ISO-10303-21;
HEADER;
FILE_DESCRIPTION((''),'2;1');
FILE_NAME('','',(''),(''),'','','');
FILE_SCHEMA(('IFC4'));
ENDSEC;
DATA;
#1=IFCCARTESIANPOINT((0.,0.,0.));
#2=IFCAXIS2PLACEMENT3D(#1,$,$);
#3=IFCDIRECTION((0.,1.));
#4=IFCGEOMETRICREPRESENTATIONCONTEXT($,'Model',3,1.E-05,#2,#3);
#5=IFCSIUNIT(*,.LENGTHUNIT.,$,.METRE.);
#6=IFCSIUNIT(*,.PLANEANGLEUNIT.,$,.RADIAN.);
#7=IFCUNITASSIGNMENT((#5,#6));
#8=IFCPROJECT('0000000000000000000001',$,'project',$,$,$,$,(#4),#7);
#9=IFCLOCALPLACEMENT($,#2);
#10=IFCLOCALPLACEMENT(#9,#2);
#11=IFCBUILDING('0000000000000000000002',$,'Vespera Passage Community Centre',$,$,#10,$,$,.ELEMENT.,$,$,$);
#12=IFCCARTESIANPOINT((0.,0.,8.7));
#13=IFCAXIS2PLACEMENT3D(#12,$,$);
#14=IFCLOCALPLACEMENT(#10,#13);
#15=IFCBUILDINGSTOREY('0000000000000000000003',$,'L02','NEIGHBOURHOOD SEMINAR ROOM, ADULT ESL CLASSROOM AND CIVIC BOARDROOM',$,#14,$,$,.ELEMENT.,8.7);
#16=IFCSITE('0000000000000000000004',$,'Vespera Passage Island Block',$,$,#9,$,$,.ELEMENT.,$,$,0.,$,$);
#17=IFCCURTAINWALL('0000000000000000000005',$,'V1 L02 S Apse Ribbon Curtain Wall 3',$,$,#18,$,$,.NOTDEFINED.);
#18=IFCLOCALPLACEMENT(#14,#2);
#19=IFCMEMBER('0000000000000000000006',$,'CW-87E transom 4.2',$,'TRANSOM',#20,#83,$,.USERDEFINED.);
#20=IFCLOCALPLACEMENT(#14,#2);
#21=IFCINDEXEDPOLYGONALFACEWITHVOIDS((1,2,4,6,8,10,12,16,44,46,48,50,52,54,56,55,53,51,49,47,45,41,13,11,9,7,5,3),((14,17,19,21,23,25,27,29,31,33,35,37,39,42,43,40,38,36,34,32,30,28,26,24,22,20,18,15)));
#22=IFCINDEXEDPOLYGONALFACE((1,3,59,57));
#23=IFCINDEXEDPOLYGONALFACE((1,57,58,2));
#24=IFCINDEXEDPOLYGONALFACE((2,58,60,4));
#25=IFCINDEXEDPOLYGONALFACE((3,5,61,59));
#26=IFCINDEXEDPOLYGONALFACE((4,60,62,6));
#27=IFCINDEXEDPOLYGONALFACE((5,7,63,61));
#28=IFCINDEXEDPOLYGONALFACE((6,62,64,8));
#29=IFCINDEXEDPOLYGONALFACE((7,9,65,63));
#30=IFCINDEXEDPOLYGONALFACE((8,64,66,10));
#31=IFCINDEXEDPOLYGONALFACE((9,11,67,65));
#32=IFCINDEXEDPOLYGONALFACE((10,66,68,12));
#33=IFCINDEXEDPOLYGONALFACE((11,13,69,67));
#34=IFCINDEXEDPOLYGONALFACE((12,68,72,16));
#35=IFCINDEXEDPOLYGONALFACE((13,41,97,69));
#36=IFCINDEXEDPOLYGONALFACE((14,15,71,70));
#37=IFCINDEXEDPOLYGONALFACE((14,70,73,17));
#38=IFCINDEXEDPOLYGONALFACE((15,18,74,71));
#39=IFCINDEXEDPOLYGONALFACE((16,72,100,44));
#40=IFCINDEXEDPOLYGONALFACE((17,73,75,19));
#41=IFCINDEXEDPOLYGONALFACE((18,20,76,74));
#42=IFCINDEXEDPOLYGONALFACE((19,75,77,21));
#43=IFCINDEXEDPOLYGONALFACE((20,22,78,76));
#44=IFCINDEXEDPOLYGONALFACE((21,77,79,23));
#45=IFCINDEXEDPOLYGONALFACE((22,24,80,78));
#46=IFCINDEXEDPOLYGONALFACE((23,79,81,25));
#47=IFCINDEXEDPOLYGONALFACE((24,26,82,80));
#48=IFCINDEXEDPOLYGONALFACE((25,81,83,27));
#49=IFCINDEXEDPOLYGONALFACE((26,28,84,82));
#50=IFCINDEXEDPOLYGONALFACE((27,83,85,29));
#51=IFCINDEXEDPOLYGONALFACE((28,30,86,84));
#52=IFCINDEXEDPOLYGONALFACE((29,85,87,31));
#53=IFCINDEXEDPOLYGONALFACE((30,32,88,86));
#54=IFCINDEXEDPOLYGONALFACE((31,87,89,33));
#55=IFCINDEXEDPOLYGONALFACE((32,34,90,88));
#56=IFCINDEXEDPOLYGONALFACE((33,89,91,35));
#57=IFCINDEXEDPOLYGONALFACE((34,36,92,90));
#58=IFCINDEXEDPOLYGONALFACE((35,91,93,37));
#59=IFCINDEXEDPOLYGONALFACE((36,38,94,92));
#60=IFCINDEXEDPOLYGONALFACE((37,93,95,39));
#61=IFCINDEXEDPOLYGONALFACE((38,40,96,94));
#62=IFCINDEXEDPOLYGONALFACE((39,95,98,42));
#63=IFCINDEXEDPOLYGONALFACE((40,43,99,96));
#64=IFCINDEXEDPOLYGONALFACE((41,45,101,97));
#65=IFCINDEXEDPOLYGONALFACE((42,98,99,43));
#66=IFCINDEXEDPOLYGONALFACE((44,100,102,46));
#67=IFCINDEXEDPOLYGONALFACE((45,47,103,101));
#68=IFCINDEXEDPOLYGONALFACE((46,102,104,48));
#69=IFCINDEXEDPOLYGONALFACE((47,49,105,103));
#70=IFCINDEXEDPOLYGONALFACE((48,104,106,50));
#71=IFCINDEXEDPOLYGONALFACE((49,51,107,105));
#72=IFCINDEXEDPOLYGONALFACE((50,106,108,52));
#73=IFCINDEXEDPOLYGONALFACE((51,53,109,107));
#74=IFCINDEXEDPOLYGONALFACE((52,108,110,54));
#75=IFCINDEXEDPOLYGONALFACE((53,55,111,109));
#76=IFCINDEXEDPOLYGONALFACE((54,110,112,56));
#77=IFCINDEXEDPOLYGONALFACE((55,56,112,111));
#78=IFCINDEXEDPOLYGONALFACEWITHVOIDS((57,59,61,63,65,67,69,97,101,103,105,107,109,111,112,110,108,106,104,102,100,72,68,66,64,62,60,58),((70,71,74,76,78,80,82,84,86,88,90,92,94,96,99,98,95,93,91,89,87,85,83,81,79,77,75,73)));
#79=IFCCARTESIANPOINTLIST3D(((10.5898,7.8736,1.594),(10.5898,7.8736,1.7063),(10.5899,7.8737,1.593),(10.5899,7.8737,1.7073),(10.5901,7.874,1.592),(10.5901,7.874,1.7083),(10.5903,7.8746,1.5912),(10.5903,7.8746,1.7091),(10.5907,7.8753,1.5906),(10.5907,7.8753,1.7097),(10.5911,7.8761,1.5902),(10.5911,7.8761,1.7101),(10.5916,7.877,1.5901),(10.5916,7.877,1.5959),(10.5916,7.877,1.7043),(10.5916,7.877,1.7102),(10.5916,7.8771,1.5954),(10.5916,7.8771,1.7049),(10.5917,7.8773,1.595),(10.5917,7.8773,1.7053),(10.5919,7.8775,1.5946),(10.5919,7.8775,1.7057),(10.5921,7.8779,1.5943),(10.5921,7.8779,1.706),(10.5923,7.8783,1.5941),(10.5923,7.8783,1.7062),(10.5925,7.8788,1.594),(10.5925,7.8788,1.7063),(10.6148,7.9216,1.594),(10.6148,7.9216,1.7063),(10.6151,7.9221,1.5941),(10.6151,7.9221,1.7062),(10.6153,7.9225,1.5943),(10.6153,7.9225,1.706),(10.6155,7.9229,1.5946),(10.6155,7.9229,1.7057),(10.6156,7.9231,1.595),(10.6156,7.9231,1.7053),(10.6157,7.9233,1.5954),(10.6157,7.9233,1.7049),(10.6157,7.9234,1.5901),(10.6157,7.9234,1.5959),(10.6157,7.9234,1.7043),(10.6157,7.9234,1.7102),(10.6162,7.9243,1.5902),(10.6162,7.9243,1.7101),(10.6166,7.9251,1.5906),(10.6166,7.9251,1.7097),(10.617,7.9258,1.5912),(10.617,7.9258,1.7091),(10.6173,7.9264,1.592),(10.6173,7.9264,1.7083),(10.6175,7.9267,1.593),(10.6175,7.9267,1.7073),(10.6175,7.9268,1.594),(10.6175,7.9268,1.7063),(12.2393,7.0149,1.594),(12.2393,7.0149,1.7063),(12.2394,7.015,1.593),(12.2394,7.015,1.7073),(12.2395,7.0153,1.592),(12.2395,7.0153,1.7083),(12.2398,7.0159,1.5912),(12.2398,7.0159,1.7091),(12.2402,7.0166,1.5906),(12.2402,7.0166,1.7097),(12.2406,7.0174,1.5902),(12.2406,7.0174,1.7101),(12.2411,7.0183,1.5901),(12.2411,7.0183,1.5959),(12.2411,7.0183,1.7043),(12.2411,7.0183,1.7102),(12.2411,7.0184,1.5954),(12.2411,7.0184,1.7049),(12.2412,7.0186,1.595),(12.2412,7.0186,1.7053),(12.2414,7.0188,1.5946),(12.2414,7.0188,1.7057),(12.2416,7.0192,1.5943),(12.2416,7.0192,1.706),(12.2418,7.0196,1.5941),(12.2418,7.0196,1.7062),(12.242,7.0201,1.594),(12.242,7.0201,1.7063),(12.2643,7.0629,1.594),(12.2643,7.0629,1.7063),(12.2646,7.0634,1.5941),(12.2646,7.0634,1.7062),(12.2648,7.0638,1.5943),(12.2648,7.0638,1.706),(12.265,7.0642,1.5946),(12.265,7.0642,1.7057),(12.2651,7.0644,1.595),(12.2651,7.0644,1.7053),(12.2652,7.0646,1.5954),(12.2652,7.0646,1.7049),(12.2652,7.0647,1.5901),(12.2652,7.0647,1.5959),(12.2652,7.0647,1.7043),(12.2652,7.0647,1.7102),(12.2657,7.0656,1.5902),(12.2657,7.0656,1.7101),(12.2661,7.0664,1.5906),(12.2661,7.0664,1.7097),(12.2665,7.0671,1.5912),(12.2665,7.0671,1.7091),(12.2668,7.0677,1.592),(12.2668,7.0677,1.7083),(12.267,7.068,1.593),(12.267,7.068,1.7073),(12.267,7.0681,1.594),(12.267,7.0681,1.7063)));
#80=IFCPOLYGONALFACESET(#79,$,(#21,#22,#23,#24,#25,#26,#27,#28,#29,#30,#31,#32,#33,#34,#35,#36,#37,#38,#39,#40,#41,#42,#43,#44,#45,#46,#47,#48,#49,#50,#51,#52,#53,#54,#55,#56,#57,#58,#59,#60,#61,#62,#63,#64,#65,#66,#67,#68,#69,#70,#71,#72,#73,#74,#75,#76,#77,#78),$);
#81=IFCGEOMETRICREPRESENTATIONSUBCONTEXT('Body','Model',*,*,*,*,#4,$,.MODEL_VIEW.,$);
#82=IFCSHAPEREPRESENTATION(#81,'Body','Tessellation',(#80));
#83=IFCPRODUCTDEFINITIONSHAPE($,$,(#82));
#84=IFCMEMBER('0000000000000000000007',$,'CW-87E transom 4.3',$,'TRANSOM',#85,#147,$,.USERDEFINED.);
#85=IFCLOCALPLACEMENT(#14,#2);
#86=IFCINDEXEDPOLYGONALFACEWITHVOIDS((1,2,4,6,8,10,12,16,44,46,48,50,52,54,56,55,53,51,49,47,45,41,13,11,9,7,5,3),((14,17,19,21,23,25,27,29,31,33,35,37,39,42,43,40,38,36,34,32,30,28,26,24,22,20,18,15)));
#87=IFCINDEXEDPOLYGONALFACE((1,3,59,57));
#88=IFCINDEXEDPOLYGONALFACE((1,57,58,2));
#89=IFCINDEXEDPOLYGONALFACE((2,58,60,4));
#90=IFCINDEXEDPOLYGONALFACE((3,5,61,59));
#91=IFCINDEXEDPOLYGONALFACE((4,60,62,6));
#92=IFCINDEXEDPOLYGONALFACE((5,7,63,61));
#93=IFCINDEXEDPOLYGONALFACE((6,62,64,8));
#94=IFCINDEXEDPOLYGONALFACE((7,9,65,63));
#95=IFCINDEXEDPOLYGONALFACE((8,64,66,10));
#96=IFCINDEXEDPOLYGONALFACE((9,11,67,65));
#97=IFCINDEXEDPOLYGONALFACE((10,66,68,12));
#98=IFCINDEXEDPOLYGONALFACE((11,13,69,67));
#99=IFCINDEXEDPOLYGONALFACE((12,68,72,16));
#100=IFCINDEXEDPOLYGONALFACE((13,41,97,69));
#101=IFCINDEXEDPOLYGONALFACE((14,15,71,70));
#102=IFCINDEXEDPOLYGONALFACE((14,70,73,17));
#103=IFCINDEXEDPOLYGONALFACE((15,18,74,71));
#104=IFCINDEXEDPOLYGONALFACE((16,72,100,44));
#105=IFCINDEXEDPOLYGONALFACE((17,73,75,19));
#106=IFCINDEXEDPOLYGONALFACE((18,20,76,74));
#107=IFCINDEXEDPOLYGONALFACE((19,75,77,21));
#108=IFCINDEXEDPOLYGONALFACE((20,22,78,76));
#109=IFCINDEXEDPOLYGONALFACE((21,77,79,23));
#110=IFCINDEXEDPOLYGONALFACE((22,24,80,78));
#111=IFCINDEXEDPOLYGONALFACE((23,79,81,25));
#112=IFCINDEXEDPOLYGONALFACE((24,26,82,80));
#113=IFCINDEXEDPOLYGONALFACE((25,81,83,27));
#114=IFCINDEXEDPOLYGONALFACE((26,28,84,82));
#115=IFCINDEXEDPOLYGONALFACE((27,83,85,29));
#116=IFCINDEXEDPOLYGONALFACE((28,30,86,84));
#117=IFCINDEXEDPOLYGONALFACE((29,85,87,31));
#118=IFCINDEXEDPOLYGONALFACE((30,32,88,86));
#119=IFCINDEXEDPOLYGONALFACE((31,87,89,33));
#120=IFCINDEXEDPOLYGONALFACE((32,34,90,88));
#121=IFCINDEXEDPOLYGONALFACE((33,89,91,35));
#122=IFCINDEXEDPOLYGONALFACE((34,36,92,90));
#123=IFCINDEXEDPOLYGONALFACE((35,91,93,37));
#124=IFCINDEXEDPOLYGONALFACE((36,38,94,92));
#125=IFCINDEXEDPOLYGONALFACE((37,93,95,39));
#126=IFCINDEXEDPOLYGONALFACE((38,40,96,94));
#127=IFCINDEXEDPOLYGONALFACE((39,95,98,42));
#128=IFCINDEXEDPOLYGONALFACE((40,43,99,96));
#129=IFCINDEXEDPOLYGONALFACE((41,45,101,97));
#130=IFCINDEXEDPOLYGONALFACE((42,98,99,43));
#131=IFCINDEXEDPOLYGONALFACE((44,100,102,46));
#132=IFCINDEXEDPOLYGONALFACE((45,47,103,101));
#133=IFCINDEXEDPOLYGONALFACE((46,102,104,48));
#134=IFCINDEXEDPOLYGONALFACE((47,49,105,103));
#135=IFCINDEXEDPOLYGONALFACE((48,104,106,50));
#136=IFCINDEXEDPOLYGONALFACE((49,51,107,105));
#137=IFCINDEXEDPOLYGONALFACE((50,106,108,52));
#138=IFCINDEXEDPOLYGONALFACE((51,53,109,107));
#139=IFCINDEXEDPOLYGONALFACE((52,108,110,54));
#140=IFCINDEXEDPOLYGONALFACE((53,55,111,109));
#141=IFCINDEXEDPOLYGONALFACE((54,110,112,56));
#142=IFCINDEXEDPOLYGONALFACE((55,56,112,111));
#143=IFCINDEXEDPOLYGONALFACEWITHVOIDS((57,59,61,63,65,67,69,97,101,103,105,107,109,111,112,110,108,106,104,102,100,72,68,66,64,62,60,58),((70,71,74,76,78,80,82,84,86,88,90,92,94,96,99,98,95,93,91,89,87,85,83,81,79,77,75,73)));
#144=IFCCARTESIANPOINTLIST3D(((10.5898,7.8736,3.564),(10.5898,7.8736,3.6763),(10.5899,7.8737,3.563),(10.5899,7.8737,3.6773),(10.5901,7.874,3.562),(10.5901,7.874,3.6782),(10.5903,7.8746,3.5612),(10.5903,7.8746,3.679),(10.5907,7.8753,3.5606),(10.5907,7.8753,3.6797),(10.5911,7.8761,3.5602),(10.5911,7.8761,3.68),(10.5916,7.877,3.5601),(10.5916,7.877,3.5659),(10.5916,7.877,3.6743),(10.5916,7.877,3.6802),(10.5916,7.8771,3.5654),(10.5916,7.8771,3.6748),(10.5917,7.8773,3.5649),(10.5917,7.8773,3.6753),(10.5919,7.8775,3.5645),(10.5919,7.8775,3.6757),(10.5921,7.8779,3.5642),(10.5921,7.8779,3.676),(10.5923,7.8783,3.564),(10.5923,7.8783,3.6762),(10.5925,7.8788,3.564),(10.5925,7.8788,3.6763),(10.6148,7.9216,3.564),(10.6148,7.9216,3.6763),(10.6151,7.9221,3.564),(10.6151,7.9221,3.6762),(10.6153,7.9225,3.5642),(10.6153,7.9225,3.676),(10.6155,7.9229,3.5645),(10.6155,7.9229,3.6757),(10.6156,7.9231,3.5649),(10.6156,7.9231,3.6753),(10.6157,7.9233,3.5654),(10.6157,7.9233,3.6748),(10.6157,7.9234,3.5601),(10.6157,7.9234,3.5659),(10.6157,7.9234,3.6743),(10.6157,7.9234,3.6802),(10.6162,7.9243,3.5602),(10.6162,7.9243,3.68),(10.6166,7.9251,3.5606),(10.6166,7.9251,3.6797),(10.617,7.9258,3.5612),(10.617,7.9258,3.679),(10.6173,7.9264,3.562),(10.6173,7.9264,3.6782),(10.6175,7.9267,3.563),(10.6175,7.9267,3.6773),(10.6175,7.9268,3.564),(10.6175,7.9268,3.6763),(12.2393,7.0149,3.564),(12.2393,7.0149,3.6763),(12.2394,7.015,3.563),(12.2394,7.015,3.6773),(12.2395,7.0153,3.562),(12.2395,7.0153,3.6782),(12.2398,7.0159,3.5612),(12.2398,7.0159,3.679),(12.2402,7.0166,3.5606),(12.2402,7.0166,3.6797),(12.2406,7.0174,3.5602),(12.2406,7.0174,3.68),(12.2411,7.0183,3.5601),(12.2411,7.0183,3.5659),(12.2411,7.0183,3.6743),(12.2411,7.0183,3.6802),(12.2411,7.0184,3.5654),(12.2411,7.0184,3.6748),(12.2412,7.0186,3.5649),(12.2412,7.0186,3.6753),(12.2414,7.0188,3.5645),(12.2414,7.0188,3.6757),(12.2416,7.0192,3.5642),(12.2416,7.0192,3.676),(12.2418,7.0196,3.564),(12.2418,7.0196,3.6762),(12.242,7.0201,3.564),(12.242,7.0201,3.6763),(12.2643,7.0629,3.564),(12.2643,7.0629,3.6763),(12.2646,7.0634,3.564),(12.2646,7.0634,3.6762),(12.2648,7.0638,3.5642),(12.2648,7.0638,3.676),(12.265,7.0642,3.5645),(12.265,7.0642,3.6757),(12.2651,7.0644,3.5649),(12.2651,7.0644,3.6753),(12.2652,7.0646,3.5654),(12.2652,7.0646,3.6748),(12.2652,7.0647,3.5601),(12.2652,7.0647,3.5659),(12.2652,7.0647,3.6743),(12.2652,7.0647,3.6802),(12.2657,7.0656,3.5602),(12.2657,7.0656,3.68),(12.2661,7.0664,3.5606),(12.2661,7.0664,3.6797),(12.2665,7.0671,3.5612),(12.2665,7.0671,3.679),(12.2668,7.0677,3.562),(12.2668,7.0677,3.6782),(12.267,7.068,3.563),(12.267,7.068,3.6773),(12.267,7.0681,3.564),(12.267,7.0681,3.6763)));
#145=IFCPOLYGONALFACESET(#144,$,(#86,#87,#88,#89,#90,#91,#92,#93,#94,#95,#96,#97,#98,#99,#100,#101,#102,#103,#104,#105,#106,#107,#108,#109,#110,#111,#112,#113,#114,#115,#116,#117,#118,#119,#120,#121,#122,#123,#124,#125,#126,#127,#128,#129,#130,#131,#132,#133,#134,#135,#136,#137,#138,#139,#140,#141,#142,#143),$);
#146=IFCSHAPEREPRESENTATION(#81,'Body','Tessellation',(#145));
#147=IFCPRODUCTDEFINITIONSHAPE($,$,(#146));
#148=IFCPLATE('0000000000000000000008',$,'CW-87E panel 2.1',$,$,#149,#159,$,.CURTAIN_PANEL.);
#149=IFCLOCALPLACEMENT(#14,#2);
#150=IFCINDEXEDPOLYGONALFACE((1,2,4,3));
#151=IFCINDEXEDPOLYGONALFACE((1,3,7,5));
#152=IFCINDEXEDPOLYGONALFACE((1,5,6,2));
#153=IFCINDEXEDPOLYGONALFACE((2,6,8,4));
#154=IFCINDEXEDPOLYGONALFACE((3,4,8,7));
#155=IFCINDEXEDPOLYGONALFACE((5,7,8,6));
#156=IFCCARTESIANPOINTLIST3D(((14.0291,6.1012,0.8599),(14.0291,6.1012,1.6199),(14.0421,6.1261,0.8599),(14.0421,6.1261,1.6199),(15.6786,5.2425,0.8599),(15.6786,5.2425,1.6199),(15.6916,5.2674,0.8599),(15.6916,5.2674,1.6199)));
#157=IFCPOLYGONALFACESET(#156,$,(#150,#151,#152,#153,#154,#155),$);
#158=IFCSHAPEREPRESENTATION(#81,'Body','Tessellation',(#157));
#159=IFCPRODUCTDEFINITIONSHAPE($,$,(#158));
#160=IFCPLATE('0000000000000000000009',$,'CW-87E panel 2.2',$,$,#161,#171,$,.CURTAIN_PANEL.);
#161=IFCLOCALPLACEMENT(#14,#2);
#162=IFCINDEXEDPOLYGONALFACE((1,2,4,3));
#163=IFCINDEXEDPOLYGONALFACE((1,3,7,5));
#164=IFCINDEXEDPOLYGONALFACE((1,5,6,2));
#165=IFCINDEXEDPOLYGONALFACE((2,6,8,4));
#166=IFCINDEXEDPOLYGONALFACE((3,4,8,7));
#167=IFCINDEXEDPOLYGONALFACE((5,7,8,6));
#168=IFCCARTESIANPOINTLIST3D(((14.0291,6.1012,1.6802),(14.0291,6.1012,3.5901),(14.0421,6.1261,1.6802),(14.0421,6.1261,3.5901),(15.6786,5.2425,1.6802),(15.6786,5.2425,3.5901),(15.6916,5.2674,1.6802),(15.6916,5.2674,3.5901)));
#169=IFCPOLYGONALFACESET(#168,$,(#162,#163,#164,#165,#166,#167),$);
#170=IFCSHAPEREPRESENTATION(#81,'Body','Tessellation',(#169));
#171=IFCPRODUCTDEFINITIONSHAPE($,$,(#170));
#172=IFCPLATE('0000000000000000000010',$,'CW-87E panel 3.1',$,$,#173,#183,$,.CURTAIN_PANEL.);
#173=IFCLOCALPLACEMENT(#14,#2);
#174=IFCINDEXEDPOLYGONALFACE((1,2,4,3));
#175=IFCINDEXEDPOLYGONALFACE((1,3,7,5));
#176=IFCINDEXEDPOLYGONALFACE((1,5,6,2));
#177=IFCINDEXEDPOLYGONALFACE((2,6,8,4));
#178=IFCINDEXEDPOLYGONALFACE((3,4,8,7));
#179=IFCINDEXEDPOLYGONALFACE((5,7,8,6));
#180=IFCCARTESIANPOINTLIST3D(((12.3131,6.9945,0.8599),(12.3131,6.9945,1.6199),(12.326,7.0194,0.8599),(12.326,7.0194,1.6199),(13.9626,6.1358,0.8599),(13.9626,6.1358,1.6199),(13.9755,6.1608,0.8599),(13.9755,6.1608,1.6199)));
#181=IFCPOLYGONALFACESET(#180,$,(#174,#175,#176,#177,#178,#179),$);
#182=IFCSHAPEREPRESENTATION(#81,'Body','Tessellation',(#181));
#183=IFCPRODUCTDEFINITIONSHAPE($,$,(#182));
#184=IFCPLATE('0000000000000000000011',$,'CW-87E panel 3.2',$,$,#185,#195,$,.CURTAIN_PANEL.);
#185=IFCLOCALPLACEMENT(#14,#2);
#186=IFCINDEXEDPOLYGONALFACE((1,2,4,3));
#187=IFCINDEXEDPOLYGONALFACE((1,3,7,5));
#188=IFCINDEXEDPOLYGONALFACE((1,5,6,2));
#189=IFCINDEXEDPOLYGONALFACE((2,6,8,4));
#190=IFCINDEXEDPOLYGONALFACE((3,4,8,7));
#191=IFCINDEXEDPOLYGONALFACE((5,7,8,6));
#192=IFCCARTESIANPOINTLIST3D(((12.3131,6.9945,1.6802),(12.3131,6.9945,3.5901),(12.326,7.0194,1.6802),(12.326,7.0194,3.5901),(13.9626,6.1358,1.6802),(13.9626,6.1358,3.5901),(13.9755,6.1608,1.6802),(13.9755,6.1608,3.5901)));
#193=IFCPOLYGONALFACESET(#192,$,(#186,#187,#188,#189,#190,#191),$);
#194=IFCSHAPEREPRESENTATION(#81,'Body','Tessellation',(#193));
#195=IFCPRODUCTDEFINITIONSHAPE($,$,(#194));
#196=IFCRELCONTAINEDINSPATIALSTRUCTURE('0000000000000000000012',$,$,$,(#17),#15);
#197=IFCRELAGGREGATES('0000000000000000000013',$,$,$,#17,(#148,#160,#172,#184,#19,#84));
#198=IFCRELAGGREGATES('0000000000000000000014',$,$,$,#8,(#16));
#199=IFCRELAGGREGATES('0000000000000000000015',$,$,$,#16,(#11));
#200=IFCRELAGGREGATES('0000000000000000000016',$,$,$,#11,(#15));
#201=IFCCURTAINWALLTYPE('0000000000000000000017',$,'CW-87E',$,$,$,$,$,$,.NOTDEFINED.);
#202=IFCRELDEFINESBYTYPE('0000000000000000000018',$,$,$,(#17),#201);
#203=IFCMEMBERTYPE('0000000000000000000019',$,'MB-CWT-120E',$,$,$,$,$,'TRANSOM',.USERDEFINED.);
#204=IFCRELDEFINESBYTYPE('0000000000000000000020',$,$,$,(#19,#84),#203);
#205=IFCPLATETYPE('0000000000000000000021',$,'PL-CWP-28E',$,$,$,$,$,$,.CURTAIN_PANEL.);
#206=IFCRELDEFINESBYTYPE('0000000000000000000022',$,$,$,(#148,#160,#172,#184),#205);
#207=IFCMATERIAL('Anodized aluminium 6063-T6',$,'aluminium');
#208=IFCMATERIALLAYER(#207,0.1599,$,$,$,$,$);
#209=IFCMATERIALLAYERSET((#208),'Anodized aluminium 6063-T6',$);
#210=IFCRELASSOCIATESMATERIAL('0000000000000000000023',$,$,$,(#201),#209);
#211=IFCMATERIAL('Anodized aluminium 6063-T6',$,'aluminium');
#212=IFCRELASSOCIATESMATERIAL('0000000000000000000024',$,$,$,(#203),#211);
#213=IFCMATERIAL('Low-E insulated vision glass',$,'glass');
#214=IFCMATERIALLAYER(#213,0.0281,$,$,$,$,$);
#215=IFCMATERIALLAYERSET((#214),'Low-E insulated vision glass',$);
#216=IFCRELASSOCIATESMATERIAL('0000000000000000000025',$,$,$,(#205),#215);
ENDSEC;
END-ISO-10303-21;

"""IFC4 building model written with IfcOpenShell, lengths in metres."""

from ifc_helpers import new_model, si_unit, direction, frame, origin, origin_2d, place, context, subcontext, project, spatial, rectangle, hollow_rectangle, extrude, material, layer, layer_set, material_profile, profile_set, type_object, element, aggregate, save


model = new_model("IFC4")

# Units and contexts
model_context = context("Model", 3, precision=1e-05, world=origin(), true_north=direction((0.0, 1.0)))
body_context = subcontext(model_context, "Body", "Model", "MODEL_VIEW")
ifc_project = project(units=[si_unit("LENGTHUNIT", "METRE"), si_unit("PLANEANGLEUNIT", "RADIAN")], contexts=[model_context])

# Site, building, storey
site_placement = place(None, origin())
site = spatial("IfcSite", under=ifc_project, at=site_placement, Name="Vespera Passage Island Block", CompositionType="ELEMENT", RefElevation=0.0)
building_placement = place(site_placement, origin())
building = spatial("IfcBuilding", under=site, at=building_placement, Name="Vespera Passage Community Centre", CompositionType="ELEMENT")
storey_placement = place(building_placement, frame((0.0, 0.0, 8.7)))
storey = spatial("IfcBuildingStorey", under=building, at=storey_placement, Name="L02", Description="NEIGHBOURHOOD SEMINAR ROOM, ADULT ESL CLASSROOM AND CIVIC BOARDROOM", CompositionType="ELEMENT", Elevation=8.7)

# Curtain wall, members, plates
ifc_material_1 = material(Name="Anodized aluminium 6063-T6", Category="aluminium")
ifc_layer_1 = layer(ifc_material_1, 0.1599)
ifc_layer_set_1 = layer_set([ifc_layer_1], Name="Anodized aluminium 6063-T6")
curtain_wall_type = type_object("IfcCurtainWallType", Name="CW-87E", PredefinedType="NOTDEFINED", material=ifc_layer_set_1)
curtain_wall_placement = place(storey_placement, origin())
curtain_wall = element("IfcCurtainWall", 1, at=curtain_wall_placement, inside=storey, type_object=curtain_wall_type, Name="V1 L02 S Apse Ribbon Curtain Wall 3", PredefinedType="NOTDEFINED")
ifc_material_2 = material(Name="Anodized aluminium 6063-T6", Category="aluminium")
ifc_material_profile_1 = material_profile(ifc_material_2, hollow_rectangle(XDim=0.0601, YDim=0.1201, WallThickness=0.0039, InnerFilletRadius=0.002, OuterFilletRadius=0.0039, at=origin_2d()), Name="ALU120X60X4")
ifc_profile_set_1 = profile_set([ifc_material_profile_1], Name="Anodized aluminium 6063-T6")
member_type_1 = type_object("IfcMemberType", Name="MB-CWT-120E", ElementType="TRANSOM", PredefinedType="USERDEFINED", material=ifc_profile_set_1)
member_1_placement = place(storey_placement, frame((12.2532, 7.0415, 1.6501), z_axis=(-0.887008, 0.461754, 0.0), x_axis=(-0.461754, -0.887008, 0.0)))
member_1 = element("IfcMember", 2, at=member_1_placement, type_object=member_type_1, Name="CW-87E transom 4.2", ObjectType="TRANSOM", PredefinedType="USERDEFINED", context=body_context, shape_type="SweptSolid", body=[
    extrude(hollow_rectangle(XDim=0.0601, YDim=0.1201, WallThickness=0.0039, InnerFilletRadius=0.002, OuterFilletRadius=0.0039, at=origin_2d()), origin(), (0.0, 0.0, 1.0), 1.8596),
])
member_2_placement = place(storey_placement, frame((12.2532, 7.0415, 3.6201), z_axis=(-0.887008, 0.461754, 0.0), x_axis=(-0.461754, -0.887008, 0.0)))
member_2 = element("IfcMember", 3, at=member_2_placement, type_object=member_type_1, Name="CW-87E transom 4.3", ObjectType="TRANSOM", PredefinedType="USERDEFINED", context=body_context, shape_type="SweptSolid", body=[
    extrude(hollow_rectangle(XDim=0.0601, YDim=0.1201, WallThickness=0.0039, InnerFilletRadius=0.002, OuterFilletRadius=0.0039, at=origin_2d()), origin(), (0.0, 0.0, 1.0), 1.8596),
])
ifc_material_3 = material(Name="Low-E insulated vision glass", Category="glass")
ifc_layer_2 = layer(ifc_material_3, 0.0281)
ifc_layer_set_2 = layer_set([ifc_layer_2], Name="Low-E insulated vision glass")
plate_type = type_object("IfcPlateType", Name="PL-CWP-28E", PredefinedType="CURTAIN_PANEL", material=ifc_layer_set_2)
plate_1_placement = place(storey_placement, frame((14.8604, 5.6843, 0.8599), z_axis=(0.0, 0.0, 1.0), x_axis=(-0.887013, 0.461745, 0.0)))
plate_1 = element("IfcPlate", 4, at=plate_1_placement, type_object=plate_type, Name="CW-87E panel 2.1", PredefinedType="CURTAIN_PANEL", context=body_context, shape_type="SweptSolid", body=[
    extrude(rectangle(XDim=1.8596, YDim=0.0281, at=origin_2d()), origin(), (0.0, 0.0, 1.0), 0.76),
])
plate_2_placement = place(storey_placement, frame((14.8604, 5.6843, 1.6802), z_axis=(0.0, 0.0, 1.0), x_axis=(-0.887013, 0.461745, 0.0)))
plate_2 = element("IfcPlate", 5, at=plate_2_placement, type_object=plate_type, Name="CW-87E panel 2.2", PredefinedType="CURTAIN_PANEL", context=body_context, shape_type="SweptSolid", body=[
    extrude(rectangle(XDim=1.8596, YDim=0.0281, at=origin_2d()), origin(), (0.0, 0.0, 1.0), 1.9099),
])
plate_3_placement = place(storey_placement, frame((13.1443, 6.5776, 0.8599), z_axis=(0.0, 0.0, 1.0), x_axis=(-0.887013, 0.461745, 0.0)))
plate_3 = element("IfcPlate", 6, at=plate_3_placement, type_object=plate_type, Name="CW-87E panel 3.1", PredefinedType="CURTAIN_PANEL", context=body_context, shape_type="SweptSolid", body=[
    extrude(rectangle(XDim=1.8596, YDim=0.0281, at=origin_2d()), origin(), (0.0, 0.0, 1.0), 0.76),
])
plate_4_placement = place(storey_placement, frame((13.1443, 6.5776, 1.6802), z_axis=(0.0, 0.0, 1.0), x_axis=(-0.887013, 0.461745, 0.0)))
plate_4 = element("IfcPlate", 7, at=plate_4_placement, type_object=plate_type, Name="CW-87E panel 3.2", PredefinedType="CURTAIN_PANEL", context=body_context, shape_type="SweptSolid", body=[
    extrude(rectangle(XDim=1.8596, YDim=0.0281, at=origin_2d()), origin(), (0.0, 0.0, 1.0), 1.9099),
])
aggregate(curtain_wall, [plate_1, plate_2, plate_3, plate_4, member_1, member_2])

save(model, "model.ifc")
